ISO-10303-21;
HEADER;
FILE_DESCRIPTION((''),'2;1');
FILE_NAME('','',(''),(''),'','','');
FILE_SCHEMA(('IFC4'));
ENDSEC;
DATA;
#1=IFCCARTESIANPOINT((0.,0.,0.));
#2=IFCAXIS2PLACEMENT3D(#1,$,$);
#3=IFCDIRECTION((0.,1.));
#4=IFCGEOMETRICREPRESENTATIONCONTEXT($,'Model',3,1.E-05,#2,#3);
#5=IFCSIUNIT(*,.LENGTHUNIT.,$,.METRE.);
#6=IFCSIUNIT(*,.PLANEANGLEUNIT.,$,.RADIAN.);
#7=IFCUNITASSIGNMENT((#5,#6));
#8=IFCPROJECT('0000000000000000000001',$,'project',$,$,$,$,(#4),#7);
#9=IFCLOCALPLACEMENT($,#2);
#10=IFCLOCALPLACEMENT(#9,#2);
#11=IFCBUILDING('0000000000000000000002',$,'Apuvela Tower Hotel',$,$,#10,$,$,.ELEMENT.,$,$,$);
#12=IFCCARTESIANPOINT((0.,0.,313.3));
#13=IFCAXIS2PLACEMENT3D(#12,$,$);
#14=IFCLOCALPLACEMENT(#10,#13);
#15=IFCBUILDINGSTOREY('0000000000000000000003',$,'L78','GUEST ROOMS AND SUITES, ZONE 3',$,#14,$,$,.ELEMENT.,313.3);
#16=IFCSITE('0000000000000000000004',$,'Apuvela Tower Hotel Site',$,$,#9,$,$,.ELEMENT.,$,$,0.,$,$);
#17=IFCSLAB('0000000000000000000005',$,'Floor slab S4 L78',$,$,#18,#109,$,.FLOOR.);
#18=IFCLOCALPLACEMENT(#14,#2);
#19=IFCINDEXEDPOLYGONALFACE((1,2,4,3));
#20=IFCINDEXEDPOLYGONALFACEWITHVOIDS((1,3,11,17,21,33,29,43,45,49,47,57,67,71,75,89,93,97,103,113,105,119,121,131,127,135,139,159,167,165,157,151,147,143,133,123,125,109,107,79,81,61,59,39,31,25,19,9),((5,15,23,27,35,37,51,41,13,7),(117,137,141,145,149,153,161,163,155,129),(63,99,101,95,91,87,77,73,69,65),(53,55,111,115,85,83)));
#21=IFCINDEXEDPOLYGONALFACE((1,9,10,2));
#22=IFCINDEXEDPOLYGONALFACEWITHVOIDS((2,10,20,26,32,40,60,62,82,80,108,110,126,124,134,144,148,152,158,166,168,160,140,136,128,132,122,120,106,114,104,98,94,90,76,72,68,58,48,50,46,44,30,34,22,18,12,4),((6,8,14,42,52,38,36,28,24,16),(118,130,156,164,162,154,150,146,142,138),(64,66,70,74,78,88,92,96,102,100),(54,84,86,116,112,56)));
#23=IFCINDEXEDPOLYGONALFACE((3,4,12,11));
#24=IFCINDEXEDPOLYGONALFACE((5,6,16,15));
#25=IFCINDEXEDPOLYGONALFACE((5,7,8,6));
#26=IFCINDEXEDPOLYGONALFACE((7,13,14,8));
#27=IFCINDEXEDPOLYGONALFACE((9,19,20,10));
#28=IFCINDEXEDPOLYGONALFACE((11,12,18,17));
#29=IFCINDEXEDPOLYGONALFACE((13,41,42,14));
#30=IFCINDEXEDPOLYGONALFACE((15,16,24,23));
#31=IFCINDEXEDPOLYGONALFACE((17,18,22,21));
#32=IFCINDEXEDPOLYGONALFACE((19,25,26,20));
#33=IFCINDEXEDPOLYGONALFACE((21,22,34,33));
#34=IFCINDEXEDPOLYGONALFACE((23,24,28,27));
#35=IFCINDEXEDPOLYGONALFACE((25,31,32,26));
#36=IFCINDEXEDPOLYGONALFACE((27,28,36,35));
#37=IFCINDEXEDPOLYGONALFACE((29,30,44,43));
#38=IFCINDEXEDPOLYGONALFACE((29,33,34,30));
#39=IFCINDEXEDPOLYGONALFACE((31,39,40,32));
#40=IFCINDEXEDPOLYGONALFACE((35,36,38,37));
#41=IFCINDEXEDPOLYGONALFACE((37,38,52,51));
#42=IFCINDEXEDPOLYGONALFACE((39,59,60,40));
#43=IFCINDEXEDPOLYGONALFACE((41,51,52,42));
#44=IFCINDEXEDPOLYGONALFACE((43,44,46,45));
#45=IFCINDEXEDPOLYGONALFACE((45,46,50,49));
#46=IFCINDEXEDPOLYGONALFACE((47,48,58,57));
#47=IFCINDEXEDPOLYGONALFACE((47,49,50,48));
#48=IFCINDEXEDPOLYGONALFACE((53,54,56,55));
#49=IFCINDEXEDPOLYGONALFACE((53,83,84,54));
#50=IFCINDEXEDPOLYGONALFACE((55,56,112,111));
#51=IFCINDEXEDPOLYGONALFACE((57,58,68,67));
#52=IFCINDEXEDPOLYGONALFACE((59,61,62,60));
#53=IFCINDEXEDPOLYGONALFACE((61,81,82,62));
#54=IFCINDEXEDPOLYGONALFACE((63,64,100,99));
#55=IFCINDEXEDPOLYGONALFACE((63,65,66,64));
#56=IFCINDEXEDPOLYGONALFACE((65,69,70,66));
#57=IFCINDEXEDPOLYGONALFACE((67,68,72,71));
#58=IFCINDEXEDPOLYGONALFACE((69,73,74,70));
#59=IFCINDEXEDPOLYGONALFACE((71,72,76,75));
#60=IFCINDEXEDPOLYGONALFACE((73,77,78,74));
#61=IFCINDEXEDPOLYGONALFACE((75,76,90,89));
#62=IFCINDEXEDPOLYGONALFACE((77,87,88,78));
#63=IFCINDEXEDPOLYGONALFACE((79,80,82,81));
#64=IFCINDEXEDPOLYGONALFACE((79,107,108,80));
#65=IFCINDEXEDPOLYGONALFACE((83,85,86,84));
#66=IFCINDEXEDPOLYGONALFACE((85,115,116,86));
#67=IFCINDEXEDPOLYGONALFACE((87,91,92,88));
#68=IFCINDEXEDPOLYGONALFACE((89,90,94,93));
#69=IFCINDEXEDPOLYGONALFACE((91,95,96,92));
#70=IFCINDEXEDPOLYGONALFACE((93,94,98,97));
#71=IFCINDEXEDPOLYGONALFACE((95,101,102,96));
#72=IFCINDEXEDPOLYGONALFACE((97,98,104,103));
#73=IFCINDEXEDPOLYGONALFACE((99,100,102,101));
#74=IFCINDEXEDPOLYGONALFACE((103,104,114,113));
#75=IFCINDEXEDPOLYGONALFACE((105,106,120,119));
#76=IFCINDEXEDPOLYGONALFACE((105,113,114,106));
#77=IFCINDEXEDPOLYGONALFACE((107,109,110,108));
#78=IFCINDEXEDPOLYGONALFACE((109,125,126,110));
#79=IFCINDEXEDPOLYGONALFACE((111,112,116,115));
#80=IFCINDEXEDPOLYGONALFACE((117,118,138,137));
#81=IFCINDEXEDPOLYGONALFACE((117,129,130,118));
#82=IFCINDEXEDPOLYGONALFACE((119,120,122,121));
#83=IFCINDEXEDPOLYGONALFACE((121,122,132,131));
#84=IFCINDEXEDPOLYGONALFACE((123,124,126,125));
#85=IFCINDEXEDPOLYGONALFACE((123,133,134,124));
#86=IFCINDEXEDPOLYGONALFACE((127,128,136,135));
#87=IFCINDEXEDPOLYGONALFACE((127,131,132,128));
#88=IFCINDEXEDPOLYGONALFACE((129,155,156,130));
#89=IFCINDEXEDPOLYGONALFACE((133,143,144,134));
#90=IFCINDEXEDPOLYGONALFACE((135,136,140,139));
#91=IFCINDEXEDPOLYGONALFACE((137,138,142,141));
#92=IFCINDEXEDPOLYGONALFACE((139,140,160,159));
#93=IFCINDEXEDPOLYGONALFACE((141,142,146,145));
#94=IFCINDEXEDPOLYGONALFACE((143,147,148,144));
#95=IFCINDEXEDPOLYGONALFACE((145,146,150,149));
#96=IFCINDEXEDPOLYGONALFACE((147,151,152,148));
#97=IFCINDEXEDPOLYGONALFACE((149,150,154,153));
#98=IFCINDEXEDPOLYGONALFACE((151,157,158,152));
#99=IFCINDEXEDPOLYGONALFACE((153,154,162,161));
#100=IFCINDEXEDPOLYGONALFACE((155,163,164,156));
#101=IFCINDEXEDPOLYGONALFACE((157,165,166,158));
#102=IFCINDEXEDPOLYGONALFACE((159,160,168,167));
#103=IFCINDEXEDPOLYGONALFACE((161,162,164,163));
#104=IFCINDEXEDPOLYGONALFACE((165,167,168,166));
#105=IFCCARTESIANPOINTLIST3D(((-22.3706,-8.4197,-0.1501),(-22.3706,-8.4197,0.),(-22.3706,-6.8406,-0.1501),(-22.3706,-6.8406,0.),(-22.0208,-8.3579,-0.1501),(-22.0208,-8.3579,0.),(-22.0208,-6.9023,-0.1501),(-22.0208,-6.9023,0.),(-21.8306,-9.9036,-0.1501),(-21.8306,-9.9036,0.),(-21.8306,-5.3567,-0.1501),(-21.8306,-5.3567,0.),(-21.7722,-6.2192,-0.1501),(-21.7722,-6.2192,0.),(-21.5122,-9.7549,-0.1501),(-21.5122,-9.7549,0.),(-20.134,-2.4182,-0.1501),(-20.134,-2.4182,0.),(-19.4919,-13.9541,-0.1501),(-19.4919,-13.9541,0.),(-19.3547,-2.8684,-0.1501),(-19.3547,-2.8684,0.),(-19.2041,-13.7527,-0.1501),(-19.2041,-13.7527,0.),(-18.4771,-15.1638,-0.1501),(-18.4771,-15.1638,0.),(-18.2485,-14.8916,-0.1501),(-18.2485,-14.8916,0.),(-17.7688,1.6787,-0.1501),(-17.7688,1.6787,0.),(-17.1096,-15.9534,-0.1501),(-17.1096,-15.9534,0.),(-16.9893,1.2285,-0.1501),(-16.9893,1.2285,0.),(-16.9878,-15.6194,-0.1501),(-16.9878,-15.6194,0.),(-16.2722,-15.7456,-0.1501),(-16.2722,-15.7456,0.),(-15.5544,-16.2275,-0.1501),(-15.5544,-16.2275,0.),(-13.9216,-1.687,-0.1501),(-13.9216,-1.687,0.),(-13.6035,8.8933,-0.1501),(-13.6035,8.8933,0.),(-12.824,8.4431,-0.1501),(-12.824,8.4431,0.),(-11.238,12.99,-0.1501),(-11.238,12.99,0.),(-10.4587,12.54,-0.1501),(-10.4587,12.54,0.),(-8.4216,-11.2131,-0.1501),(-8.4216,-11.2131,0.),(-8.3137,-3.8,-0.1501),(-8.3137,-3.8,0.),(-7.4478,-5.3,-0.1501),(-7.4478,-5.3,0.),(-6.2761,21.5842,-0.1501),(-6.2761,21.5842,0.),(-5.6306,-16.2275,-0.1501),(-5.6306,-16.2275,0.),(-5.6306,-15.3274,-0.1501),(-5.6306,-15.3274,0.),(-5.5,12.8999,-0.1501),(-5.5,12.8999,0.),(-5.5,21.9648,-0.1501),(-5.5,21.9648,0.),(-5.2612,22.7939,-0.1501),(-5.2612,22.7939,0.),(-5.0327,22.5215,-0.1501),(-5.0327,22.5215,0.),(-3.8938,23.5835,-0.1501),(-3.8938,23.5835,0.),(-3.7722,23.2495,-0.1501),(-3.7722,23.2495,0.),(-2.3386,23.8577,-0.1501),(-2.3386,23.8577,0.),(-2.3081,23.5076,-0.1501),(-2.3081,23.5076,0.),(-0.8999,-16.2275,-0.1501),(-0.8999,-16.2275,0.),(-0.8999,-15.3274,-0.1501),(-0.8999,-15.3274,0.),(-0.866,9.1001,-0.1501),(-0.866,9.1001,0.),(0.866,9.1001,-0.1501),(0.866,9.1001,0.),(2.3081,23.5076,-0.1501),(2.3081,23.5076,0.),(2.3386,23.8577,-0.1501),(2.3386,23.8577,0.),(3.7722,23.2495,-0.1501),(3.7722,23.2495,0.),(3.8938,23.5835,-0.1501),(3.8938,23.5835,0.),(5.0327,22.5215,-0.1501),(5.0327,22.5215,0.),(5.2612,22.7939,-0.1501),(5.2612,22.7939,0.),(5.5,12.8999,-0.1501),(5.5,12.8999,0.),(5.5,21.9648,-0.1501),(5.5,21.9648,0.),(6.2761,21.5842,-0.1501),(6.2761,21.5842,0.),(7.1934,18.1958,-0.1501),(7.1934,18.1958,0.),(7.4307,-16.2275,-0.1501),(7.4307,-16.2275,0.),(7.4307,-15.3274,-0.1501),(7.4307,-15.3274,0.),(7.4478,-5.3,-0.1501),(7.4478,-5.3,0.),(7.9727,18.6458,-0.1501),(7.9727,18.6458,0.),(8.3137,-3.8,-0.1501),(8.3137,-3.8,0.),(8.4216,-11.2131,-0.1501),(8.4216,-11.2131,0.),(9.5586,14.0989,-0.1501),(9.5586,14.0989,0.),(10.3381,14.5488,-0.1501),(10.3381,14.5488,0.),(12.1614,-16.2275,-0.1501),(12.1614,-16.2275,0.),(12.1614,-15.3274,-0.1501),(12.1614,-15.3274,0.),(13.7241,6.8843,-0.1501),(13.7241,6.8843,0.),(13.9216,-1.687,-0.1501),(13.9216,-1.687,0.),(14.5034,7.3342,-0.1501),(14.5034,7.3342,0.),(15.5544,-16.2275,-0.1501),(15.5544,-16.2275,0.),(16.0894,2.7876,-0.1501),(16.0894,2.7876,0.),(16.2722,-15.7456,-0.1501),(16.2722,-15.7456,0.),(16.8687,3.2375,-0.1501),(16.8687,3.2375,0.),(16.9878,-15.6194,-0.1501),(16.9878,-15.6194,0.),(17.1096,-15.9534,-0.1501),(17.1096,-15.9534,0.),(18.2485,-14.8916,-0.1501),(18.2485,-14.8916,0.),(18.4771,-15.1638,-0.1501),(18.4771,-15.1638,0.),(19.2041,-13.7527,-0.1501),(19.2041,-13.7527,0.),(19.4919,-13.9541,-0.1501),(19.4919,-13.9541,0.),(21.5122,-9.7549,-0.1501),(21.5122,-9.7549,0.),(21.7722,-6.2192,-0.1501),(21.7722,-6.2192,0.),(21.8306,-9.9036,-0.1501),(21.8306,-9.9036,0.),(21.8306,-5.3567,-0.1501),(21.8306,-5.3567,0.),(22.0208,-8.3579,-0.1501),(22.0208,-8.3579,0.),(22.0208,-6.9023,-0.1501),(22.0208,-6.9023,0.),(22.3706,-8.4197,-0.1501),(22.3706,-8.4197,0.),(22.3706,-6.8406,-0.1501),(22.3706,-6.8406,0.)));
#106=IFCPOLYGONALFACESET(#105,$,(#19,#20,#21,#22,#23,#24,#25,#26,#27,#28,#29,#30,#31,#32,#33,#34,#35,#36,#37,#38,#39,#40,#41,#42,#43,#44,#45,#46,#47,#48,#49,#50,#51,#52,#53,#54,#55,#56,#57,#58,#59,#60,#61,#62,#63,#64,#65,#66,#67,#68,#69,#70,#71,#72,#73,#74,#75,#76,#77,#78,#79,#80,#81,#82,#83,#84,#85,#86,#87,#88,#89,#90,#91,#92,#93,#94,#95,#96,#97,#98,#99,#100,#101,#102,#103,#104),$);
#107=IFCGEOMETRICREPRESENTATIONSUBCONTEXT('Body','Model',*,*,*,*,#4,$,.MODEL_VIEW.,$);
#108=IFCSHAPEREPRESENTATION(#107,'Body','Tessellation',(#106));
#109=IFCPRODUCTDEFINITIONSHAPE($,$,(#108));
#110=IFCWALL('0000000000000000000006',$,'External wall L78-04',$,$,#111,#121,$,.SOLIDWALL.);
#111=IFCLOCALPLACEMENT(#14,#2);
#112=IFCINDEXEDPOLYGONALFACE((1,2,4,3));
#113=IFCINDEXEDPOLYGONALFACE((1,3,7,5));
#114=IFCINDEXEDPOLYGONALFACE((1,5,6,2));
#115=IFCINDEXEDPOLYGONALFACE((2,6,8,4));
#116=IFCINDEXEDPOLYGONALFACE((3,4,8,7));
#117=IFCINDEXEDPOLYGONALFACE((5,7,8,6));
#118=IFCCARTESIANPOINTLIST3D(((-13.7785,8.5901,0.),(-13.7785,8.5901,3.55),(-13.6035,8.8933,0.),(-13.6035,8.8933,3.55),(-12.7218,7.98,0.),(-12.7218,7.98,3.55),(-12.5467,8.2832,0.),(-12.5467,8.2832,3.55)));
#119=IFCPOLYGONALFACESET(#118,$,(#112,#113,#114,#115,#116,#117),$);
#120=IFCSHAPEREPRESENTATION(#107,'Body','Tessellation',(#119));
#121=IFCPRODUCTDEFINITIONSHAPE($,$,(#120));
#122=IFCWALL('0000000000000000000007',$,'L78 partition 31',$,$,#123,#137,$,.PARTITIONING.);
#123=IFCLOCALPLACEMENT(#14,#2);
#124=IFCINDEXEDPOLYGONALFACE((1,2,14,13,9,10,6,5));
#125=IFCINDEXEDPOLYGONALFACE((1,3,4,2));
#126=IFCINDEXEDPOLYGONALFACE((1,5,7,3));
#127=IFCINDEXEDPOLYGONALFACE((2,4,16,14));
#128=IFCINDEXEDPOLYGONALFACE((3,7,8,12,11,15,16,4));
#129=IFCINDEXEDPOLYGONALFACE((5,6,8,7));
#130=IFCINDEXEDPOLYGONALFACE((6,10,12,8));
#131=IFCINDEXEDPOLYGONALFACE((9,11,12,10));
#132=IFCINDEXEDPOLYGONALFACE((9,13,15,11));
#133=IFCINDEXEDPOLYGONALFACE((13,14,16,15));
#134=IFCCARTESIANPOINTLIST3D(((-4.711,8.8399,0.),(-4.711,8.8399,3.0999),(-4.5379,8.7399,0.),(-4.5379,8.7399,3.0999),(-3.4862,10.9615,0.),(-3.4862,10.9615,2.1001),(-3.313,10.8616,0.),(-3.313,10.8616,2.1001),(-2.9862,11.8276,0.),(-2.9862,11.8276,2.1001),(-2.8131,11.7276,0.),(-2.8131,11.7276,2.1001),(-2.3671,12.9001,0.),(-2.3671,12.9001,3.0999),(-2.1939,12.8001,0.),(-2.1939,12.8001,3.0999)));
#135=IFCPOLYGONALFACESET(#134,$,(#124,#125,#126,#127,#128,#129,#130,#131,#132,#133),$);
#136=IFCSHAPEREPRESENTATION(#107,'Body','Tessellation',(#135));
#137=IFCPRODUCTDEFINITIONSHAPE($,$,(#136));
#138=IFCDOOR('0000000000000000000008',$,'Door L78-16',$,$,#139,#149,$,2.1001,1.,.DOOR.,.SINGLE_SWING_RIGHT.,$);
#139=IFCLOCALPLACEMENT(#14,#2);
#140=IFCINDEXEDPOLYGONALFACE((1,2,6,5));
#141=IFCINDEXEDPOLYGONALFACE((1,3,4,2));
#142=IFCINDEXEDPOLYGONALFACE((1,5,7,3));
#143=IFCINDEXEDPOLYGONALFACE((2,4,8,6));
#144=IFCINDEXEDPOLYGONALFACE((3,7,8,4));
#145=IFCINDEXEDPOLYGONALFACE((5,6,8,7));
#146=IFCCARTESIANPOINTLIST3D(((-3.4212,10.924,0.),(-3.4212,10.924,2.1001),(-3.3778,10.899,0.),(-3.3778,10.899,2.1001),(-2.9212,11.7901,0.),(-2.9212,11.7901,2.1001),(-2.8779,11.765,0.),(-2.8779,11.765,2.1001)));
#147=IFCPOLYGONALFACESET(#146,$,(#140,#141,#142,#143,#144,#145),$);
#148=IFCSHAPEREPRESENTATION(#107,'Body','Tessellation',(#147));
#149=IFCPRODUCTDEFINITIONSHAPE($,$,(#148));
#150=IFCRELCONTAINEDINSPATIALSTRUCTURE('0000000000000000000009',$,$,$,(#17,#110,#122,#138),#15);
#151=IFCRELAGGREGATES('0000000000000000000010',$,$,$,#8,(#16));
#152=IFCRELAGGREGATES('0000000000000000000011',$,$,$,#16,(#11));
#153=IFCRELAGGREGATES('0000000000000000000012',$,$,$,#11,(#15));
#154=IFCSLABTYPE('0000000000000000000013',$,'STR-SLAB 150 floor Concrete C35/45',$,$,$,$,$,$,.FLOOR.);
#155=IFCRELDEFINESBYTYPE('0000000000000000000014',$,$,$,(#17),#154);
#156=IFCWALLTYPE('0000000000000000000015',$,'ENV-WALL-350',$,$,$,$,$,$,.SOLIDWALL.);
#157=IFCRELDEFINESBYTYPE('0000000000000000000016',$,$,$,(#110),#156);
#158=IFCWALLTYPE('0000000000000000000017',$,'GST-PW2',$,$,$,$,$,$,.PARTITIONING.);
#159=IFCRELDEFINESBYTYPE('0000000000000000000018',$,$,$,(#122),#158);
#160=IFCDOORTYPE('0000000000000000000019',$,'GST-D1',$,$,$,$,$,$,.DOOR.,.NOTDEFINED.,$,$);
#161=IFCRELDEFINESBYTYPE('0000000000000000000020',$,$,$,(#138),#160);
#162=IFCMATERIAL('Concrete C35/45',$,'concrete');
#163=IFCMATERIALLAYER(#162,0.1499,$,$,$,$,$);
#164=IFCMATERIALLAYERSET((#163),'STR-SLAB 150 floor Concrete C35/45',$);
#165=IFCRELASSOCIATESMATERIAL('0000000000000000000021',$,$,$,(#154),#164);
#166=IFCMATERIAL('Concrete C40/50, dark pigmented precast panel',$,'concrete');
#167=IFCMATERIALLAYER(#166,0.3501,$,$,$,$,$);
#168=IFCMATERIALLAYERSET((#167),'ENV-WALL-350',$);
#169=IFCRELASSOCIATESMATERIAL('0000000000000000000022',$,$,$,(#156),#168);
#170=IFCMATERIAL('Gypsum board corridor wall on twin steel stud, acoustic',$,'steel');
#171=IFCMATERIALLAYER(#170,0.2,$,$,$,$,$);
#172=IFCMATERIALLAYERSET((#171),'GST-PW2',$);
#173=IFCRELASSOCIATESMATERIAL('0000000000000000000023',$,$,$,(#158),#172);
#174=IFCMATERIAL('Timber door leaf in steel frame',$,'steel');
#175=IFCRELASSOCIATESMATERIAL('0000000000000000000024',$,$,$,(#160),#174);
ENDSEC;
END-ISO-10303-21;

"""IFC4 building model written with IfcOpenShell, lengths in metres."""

from ifc_helpers import new_model, si_unit, direction, frame, frame_2d, origin, place, context, subcontext, project, spatial, polyline, rectangle, outline, extrude, material, layer, layer_set, type_object, element, fill, save


model = new_model("IFC4")

# Units and contexts
model_context = context("Model", 3, precision=1e-05, world=origin(), true_north=direction((0.0, 1.0)))
body_context = subcontext(model_context, "Body", "Model", "MODEL_VIEW")
ifc_project = project(units=[si_unit("LENGTHUNIT", "METRE"), si_unit("PLANEANGLEUNIT", "RADIAN")], contexts=[model_context])

# Site, building, storey
site_placement = place(None, origin())
site = spatial("IfcSite", under=ifc_project, at=site_placement, Name="Apuvela Tower Hotel Site", CompositionType="ELEMENT", RefElevation=0.0)
building_placement = place(site_placement, origin())
building = spatial("IfcBuilding", under=site, at=building_placement, Name="Apuvela Tower Hotel", CompositionType="ELEMENT")
storey_placement = place(building_placement, frame((0.0, 0.0, 313.3)))
storey = spatial("IfcBuildingStorey", under=building, at=storey_placement, Name="L78", Description="GUEST ROOMS AND SUITES, ZONE 3", CompositionType="ELEMENT", Elevation=313.3)

# Slab
ifc_material_1 = material(Name="Concrete C35/45", Category="concrete")
ifc_layer_1 = layer(ifc_material_1, 0.1499)
ifc_layer_set_1 = layer_set([ifc_layer_1], Name="STR-SLAB 150 floor Concrete C35/45")
slab_type_1 = type_object("IfcSlabType", Name="STR-SLAB 150 floor Concrete C35/45", PredefinedType="FLOOR", material=ifc_layer_set_1)
slab_1_placement = place(storey_placement, frame((0.0, 0.0, -0.1501)))
element("IfcSlab", 1, at=slab_1_placement, inside=storey, type_object=slab_type_1, Name="Floor slab S4 L78", PredefinedType="FLOOR", context=body_context, shape_type="SweptSolid", body=[
    extrude(outline(polyline([(-5.2612, 22.7939), (-3.8938, 23.5835), (-2.3386, 23.8577), (2.3386, 23.8577), (3.8938, 23.5835), (5.2612, 22.7939), (6.2761, 21.5842), (7.9727, 18.6458), (7.1934, 18.1958), (9.5586, 14.0989), (10.3381, 14.5488), (14.5034, 7.3342), (13.7241, 6.8843), (16.0894, 2.7876), (16.8687, 3.2375), (21.8306, -5.3567), (22.3706, -6.8406), (22.3706, -8.4197), (21.8306, -9.9036), (19.4919, -13.9541), (18.4771, -15.1638), (17.1096, -15.9534), (15.5544, -16.2275), (12.1614, -16.2275), (12.1614, -15.3274), (7.4307, -15.3274), (7.4307, -16.2275), (-0.8999, -16.2275), (-0.8999, -15.3274), (-5.6306, -15.3274), (-5.6306, -16.2275), (-15.5544, -16.2275), (-17.1096, -15.9534), (-18.4771, -15.1638), (-19.4919, -13.9541), (-21.8306, -9.9036), (-22.3706, -8.4197), (-22.3706, -6.8406), (-21.8306, -5.3567), (-20.134, -2.4182), (-19.3547, -2.8684), (-16.9893, 1.2285), (-17.7688, 1.6787), (-13.6035, 8.8933), (-12.824, 8.4431), (-10.4587, 12.54), (-11.238, 12.99), (-6.2761, 21.5842), (-5.2612, 22.7939)]), holes=[polyline([(0.866, 9.1001), (-0.866, 9.1001), (-8.3137, -3.8), (-7.4478, -5.3), (7.4478, -5.3), (8.3137, -3.8), (0.866, 9.1001)]), polyline([(-5.5, 12.8999), (-5.5, 21.9648), (-5.0327, 22.5215), (-3.7722, 23.2495), (-2.3081, 23.5076), (2.3081, 23.5076), (3.7722, 23.2495), (5.0327, 22.5215), (5.5, 21.9648), (5.5, 12.8999), (-5.5, 12.8999)]), polyline([(-8.4216, -11.2131), (-16.2722, -15.7456), (-16.9878, -15.6194), (-18.2485, -14.8916), (-19.2041, -13.7527), (-21.5122, -9.7549), (-22.0208, -8.3579), (-22.0208, -6.9023), (-21.7722, -6.2192), (-13.9216, -1.687), (-8.4216, -11.2131)]), polyline([(13.9216, -1.687), (21.7722, -6.2192), (22.0208, -6.9023), (22.0208, -8.3579), (21.5122, -9.7549), (19.2041, -13.7527), (18.2485, -14.8916), (16.9878, -15.6194), (16.2722, -15.7456), (8.4216, -11.2131), (13.9216, -1.687)])]), origin(), (0.0, 0.0, 1.0), 0.1501),
])

# Wall
ifc_material_2 = material(Name="Concrete C40/50, dark pigmented precast panel", Category="concrete")
ifc_layer_2 = layer(ifc_material_2, 0.3501)
ifc_layer_set_2 = layer_set([ifc_layer_2], Name="ENV-WALL-350")
wall_type_1 = type_object("IfcWallType", Name="ENV-WALL-350", PredefinedType="SOLIDWALL", material=ifc_layer_set_2)
wall_1_placement = place(storey_placement, frame((-12.6343, 8.1316, 0.0), z_axis=(0.0, 0.0, 1.0), x_axis=(-0.866006, 0.500034, 0.0)))
element("IfcWall", 2, at=wall_1_placement, inside=storey, type_object=wall_type_1, Name="External wall L78-04", PredefinedType="SOLIDWALL", context=body_context, shape_type="SweptSolid", body=[
    extrude(rectangle(XDim=1.2202, YDim=0.3501, at=frame_2d((0.6101, 0.0))), origin(), (0.0, 0.0, 1.0), 3.55),
])

# Wall, opening, door
ifc_material_3 = material(Name="Gypsum board corridor wall on twin steel stud, acoustic", Category="steel")
ifc_layer_3 = layer(ifc_material_3, 0.2)
ifc_layer_set_3 = layer_set([ifc_layer_3], Name="GST-PW2")
wall_type_2 = type_object("IfcWallType", Name="GST-PW2", PredefinedType="PARTITIONING", material=ifc_layer_set_3)
wall_2_placement = place(storey_placement, frame((-4.6245, 8.7898, 0.0), z_axis=(0.0, 0.0, 1.0), x_axis=(0.499964, 0.866046, 0.0)))
wall_2 = element("IfcWall", 3, at=wall_2_placement, inside=storey, type_object=wall_type_2, Name="L78 partition 31", PredefinedType="PARTITIONING", context=body_context, shape_type="SweptSolid", body=[
    extrude(rectangle(XDim=4.6882, YDim=0.2, at=frame_2d((2.3442, 0.0))), origin(), (0.0, 0.0, 1.0), 3.0999),
])
opening_1_placement = place(wall_2_placement, frame((2.45, 0.0, 0.0)))
opening_1 = element("IfcOpeningElement", 4, at=opening_1_placement, cuts=wall_2, PredefinedType="OPENING", context=body_context, shape_type="SweptSolid", body=[
    extrude(rectangle(XDim=1.0, YDim=2.1001, at=frame_2d((0.5, 1.05))), frame((0.0, 0.1099, 0.0), z_axis=(0.0, -1.0, 0.0), x_axis=(1.0, 0.0, 0.0)), (0.0, 0.0, 1.0), 0.22),
])
ifc_material_4 = material(Name="Timber door leaf in steel frame", Category="steel")
door_type_1 = type_object("IfcDoorType", Name="GST-D1", OperationType="NOTDEFINED", PredefinedType="DOOR", material=ifc_material_4)
door_1_placement = place(opening_1_placement, origin())
door_1 = element("IfcDoor", 5, at=door_1_placement, inside=storey, type_object=door_type_1, Name="Door L78-16", OperationType="SINGLE_SWING_RIGHT", OverallHeight=2.1001, OverallWidth=1.0, PredefinedType="DOOR", context=body_context, shape_type="SweptSolid", body=[
    extrude(rectangle(XDim=1.0, YDim=2.1001, at=frame_2d((0.5, 1.05))), frame((0.0, 0.0249, 0.0), z_axis=(0.0, -1.0, 0.0), x_axis=(1.0, 0.0, 0.0)), (0.0, 0.0, 1.0), 0.05),
])
fill(opening_1, door_1)

save(model, "model.ifc")
